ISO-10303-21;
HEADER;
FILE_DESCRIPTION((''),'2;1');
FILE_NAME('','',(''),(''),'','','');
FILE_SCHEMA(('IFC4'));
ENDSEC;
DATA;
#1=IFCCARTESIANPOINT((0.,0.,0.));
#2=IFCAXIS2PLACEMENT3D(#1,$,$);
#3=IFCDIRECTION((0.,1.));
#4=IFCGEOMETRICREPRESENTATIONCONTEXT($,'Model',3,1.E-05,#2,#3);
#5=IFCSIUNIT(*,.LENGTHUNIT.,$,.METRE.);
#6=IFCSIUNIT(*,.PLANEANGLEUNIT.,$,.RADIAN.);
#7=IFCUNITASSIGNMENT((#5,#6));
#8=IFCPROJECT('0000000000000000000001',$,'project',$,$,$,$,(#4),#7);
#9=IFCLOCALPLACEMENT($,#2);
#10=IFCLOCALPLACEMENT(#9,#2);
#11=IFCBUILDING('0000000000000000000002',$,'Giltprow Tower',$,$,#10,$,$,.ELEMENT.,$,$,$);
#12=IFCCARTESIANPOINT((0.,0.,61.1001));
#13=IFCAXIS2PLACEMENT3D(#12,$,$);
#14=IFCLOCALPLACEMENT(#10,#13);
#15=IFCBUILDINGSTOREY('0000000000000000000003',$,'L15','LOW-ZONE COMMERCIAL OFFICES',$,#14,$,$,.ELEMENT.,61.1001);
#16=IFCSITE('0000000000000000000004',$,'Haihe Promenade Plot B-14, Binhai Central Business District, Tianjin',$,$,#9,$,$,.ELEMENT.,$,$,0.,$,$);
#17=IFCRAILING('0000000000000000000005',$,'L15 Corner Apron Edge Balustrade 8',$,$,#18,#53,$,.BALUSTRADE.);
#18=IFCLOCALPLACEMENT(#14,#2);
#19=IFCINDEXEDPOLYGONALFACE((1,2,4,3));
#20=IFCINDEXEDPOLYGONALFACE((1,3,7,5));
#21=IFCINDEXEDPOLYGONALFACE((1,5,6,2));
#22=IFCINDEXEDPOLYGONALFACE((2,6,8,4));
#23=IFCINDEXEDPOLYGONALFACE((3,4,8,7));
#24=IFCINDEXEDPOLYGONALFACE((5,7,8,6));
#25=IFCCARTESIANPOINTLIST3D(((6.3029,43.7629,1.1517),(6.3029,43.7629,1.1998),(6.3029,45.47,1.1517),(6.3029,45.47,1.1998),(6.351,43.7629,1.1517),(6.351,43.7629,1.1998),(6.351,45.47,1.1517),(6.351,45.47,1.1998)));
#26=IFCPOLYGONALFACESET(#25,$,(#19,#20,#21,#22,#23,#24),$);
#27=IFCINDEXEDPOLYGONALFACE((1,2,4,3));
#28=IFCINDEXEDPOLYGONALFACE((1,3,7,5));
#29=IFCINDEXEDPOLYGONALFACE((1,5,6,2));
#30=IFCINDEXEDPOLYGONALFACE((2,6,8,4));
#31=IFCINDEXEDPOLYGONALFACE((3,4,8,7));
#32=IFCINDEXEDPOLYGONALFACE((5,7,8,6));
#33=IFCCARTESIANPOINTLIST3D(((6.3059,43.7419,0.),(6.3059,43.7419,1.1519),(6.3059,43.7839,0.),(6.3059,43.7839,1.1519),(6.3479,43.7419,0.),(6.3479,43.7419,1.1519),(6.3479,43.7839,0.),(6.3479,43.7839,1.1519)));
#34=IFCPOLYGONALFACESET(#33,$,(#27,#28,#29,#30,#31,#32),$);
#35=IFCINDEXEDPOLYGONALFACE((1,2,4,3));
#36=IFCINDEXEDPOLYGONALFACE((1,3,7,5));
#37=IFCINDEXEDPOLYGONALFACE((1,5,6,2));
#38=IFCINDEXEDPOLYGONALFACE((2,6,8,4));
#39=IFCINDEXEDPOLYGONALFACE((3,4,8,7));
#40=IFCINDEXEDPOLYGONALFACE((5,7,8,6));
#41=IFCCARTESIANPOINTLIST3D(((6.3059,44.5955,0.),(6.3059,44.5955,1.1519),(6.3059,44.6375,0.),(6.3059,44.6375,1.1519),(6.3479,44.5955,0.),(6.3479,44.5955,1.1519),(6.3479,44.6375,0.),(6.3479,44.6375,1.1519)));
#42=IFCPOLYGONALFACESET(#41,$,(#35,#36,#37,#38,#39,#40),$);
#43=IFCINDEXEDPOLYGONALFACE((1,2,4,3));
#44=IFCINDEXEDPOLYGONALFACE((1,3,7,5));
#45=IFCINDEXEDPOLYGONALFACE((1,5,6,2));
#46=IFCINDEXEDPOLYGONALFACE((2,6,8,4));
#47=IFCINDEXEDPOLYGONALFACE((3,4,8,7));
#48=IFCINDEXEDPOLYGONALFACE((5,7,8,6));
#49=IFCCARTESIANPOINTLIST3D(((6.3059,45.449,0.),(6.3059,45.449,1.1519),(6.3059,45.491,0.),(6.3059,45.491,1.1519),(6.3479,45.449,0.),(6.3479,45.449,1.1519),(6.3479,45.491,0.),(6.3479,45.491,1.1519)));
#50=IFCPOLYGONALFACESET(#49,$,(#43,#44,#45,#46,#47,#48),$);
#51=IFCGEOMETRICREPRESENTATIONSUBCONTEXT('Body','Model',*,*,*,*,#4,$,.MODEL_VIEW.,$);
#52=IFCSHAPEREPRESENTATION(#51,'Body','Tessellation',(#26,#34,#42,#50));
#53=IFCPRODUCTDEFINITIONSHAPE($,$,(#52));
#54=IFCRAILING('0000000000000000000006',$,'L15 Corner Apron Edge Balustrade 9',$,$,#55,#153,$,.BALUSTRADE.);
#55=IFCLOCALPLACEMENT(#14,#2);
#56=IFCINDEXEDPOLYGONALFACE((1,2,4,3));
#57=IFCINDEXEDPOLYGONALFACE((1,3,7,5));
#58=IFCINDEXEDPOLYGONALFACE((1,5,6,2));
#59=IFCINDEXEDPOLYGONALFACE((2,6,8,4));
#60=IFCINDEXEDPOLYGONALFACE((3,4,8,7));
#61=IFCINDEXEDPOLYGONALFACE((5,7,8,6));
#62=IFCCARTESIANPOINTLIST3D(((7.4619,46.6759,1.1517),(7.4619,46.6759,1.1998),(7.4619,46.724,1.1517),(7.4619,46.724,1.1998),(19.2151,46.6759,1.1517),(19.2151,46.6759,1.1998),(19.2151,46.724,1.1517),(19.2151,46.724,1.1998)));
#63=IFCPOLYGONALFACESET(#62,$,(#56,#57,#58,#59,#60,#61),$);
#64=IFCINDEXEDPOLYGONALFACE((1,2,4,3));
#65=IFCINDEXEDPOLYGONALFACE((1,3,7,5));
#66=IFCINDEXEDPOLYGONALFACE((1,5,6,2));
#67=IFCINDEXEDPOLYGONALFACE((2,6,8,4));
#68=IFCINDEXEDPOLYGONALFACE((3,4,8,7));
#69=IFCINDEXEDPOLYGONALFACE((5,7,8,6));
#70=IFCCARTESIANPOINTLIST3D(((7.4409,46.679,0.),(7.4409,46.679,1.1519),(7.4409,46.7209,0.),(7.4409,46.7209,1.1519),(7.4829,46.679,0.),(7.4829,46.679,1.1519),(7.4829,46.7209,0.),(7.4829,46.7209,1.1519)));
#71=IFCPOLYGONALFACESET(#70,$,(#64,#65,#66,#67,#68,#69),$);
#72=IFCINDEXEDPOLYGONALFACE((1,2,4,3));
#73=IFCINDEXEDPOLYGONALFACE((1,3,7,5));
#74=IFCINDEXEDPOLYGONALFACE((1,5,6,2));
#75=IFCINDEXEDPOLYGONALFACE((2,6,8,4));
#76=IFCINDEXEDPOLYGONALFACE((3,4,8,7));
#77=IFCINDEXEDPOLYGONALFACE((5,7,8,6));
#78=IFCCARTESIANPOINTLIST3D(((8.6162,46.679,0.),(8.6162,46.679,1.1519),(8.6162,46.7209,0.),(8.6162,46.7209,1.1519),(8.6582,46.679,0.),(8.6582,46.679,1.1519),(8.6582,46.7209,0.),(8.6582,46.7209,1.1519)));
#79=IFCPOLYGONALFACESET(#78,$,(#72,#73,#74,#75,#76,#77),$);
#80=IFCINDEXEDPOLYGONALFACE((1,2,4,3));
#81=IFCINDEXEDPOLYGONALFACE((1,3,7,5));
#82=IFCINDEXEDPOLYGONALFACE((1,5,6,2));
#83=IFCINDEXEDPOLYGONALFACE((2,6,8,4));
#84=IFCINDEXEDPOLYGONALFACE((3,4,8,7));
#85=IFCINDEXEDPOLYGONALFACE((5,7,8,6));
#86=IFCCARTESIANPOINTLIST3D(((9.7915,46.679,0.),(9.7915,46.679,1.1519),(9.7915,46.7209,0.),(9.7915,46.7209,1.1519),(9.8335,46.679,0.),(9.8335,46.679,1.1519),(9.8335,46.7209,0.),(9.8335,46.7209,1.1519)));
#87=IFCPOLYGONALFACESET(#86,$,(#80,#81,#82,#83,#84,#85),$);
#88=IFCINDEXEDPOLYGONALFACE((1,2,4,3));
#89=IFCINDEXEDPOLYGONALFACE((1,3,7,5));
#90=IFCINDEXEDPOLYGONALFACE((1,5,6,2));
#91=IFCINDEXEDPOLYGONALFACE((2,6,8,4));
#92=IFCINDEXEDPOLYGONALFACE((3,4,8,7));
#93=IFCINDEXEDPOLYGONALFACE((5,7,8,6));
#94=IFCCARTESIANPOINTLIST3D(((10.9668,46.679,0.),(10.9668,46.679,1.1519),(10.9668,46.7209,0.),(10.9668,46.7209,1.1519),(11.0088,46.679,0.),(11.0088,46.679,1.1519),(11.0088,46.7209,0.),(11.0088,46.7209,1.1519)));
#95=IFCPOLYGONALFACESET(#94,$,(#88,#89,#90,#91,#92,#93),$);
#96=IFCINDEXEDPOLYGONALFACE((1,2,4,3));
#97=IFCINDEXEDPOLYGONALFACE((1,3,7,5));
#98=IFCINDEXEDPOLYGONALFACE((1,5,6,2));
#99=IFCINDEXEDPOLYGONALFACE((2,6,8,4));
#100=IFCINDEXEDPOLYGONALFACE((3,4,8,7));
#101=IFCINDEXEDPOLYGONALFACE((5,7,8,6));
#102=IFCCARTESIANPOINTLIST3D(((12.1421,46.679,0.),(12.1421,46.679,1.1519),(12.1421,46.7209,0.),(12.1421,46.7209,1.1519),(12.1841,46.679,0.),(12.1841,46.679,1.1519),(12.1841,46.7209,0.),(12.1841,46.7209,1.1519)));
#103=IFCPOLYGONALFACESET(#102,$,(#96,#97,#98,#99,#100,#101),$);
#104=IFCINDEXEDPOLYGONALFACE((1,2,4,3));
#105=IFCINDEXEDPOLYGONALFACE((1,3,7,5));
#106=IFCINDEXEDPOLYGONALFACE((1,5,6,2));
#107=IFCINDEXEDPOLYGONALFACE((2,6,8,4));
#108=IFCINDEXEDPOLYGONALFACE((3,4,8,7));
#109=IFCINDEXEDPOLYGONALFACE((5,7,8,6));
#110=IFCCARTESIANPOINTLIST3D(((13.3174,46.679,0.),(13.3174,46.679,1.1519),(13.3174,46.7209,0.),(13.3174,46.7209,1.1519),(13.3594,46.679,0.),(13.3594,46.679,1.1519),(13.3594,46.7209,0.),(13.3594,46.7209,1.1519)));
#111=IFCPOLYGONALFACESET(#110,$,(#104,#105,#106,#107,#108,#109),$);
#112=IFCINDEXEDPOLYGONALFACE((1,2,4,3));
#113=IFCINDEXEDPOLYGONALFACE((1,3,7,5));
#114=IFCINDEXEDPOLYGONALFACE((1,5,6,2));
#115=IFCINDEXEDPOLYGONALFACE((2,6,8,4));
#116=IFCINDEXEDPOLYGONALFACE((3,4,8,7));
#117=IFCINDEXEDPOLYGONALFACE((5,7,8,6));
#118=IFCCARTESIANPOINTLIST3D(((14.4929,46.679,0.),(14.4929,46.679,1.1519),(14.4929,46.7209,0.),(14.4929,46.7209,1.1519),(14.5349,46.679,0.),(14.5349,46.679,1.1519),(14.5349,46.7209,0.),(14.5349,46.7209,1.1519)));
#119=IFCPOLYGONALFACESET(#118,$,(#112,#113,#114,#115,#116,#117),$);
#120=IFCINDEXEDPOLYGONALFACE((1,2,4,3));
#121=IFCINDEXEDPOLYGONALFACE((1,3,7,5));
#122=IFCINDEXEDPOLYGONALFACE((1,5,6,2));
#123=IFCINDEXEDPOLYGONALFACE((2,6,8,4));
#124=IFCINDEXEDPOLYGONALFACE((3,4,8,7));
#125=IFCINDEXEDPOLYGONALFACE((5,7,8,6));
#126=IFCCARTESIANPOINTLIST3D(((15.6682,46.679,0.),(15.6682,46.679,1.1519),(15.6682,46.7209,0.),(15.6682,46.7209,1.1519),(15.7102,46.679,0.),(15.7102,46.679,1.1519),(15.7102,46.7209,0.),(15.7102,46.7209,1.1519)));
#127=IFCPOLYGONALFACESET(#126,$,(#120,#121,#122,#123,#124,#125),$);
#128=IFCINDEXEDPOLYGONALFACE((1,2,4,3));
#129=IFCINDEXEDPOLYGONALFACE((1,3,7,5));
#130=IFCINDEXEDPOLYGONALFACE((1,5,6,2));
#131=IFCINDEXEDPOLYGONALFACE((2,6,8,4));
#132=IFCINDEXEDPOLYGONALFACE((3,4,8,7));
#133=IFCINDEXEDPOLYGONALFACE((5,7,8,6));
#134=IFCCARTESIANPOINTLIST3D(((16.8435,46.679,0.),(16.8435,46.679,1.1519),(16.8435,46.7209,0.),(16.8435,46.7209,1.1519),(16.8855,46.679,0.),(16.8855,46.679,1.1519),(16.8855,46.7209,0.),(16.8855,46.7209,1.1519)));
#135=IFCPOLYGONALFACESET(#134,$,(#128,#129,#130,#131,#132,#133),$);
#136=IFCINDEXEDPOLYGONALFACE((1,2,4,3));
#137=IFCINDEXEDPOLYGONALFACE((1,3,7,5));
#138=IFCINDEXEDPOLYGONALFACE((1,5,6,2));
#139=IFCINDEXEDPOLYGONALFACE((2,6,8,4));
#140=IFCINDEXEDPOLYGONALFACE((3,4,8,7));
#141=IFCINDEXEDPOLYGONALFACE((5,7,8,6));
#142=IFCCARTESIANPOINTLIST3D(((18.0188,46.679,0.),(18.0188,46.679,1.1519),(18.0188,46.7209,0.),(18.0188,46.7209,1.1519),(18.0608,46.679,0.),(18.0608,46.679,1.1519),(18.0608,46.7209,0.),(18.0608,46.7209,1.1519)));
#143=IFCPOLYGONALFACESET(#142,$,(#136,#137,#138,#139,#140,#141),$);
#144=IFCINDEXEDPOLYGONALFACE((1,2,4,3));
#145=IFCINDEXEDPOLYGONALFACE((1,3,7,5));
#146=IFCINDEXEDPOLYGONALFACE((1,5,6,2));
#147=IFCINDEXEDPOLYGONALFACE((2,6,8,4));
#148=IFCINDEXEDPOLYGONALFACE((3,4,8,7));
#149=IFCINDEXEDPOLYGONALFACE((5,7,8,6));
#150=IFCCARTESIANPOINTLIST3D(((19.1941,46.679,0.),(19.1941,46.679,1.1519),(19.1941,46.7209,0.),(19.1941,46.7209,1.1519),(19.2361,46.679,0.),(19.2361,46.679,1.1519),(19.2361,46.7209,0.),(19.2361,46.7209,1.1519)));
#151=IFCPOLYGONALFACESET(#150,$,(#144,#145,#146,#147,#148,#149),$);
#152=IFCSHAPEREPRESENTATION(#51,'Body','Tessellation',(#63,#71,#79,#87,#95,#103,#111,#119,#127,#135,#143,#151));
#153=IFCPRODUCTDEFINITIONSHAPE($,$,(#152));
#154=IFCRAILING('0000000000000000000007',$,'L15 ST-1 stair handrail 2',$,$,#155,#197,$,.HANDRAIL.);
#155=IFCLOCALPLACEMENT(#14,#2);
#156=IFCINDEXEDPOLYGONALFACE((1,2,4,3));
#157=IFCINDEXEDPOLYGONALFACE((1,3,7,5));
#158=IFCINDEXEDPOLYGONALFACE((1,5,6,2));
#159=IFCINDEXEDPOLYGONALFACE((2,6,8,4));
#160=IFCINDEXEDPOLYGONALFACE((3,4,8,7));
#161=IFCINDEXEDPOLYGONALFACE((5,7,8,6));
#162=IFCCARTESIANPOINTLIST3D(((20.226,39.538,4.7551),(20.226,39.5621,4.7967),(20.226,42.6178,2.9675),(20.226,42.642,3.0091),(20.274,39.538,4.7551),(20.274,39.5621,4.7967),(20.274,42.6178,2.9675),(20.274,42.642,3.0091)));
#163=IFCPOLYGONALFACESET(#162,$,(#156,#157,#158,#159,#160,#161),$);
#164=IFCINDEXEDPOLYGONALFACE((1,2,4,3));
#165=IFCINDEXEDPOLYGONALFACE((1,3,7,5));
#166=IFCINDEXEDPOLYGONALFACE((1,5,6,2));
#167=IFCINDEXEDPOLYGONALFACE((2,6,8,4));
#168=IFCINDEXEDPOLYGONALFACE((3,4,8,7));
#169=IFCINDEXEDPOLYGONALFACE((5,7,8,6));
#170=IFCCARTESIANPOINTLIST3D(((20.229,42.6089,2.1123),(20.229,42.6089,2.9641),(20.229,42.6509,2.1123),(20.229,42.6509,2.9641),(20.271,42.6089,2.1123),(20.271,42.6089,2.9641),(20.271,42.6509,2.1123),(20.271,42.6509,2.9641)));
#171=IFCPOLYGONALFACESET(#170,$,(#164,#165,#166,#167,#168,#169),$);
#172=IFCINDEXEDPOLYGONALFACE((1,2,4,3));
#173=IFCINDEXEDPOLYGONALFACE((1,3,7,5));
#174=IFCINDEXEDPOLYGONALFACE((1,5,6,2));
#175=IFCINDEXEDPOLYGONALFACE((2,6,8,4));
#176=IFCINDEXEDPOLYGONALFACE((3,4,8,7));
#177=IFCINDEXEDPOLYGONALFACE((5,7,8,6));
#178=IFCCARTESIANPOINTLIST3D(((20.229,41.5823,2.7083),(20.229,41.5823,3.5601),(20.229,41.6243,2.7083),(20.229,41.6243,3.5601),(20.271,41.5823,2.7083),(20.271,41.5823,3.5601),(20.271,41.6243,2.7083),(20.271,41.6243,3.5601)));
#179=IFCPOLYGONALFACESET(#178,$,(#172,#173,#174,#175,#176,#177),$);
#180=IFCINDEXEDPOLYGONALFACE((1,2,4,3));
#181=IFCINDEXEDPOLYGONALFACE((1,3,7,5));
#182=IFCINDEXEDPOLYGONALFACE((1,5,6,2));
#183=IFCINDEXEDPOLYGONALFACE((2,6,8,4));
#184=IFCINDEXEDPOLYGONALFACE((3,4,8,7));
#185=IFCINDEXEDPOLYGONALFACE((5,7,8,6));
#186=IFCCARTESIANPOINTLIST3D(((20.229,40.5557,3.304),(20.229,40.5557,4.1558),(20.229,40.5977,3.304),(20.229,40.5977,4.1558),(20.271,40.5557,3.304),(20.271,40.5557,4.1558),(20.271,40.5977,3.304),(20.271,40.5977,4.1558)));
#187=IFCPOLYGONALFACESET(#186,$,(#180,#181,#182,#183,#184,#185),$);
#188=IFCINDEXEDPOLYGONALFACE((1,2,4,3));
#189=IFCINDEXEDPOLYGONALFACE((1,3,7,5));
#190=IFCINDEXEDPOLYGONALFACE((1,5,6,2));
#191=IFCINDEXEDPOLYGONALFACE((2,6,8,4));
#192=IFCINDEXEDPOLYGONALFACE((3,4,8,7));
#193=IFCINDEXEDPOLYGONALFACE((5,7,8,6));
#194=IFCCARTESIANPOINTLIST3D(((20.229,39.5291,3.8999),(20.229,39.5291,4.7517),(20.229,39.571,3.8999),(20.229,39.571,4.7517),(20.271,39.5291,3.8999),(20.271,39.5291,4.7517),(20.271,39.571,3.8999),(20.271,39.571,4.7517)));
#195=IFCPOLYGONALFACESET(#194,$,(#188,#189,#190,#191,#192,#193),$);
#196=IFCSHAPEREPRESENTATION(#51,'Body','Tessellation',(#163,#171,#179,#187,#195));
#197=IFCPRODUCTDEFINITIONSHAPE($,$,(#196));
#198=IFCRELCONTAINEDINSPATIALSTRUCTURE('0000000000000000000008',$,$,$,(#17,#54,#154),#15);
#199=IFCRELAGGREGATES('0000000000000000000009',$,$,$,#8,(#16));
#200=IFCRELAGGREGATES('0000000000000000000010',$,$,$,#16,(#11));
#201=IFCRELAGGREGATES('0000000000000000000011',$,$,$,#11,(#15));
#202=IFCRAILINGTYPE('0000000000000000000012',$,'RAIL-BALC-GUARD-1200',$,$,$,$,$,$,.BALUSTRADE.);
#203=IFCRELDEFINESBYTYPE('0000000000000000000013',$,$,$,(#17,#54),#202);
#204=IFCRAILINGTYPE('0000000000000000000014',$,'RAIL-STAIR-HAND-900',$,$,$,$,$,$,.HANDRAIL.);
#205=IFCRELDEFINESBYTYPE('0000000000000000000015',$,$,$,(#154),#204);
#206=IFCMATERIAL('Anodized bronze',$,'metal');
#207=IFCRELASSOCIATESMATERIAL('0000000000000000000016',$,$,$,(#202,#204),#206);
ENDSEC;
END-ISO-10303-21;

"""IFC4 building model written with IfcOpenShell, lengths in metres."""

from ifc_helpers import new_model, si_unit, direction, frame, origin, origin_2d, place, context, subcontext, project, spatial, rectangle, extrude, material, type_object, element, save


model = new_model("IFC4")

# Units and contexts
model_context = context("Model", 3, precision=1e-05, world=origin(), true_north=direction((0.0, 1.0)))
body_context = subcontext(model_context, "Body", "Model", "MODEL_VIEW")
ifc_project = project(units=[si_unit("LENGTHUNIT", "METRE"), si_unit("PLANEANGLEUNIT", "RADIAN")], contexts=[model_context])

# Site, building, storey
site_placement = place(None, origin())
site = spatial("IfcSite", under=ifc_project, at=site_placement, Name="Haihe Promenade Plot B-14, Binhai Central Business District, Tianjin", CompositionType="ELEMENT", RefElevation=0.0)
building_placement = place(site_placement, origin())
building = spatial("IfcBuilding", under=site, at=building_placement, Name="Giltprow Tower", CompositionType="ELEMENT")
storey_placement = place(building_placement, frame((0.0, 0.0, 61.1001)))
storey = spatial("IfcBuildingStorey", under=building, at=storey_placement, Name="L15", Description="LOW-ZONE COMMERCIAL OFFICES", CompositionType="ELEMENT", Elevation=61.1001)

# Railings
ifc_material_1 = material(Name="Anodized bronze", Category="metal")
railing_type_1 = type_object("IfcRailingType", Name="RAIL-BALC-GUARD-1200", PredefinedType="BALUSTRADE", material=ifc_material_1)
railing_1_placement = place(storey_placement, frame((6.3269, 43.7629, 0.0)))
element("IfcRailing", 1, at=railing_1_placement, inside=storey, type_object=railing_type_1, Name="L15 Corner Apron Edge Balustrade 8", PredefinedType="BALUSTRADE", context=body_context, shape_type="SweptSolid", body=[
    extrude(rectangle(XDim=0.0481, YDim=0.0481, at=origin_2d()), frame((0.0, 0.0, 1.1758), z_axis=(0.0, 1.0, 0.0), x_axis=(-1.0, 0.0, 0.0)), (0.0, 0.0, 1.0), 1.707),
    extrude(rectangle(XDim=0.042, YDim=0.042, at=origin_2d()), origin(), (0.0, 0.0, 1.0), 1.1519),
    extrude(rectangle(XDim=0.042, YDim=0.042, at=origin_2d()), frame((0.0, 0.8535, 0.0)), (0.0, 0.0, 1.0), 1.1519),
    extrude(rectangle(XDim=0.042, YDim=0.042, at=origin_2d()), frame((0.0, 1.707, 0.0)), (0.0, 0.0, 1.0), 1.1519),
])
railing_2_placement = place(storey_placement, frame((7.4619, 46.7, 0.0)))
element("IfcRailing", 2, at=railing_2_placement, inside=storey, type_object=railing_type_1, Name="L15 Corner Apron Edge Balustrade 9", PredefinedType="BALUSTRADE", context=body_context, shape_type="SweptSolid", body=[
    extrude(rectangle(XDim=0.0481, YDim=0.0481, at=origin_2d()), frame((0.0, 0.0, 1.1758), z_axis=(1.0, 0.0, 0.0), x_axis=(0.0, 1.0, 0.0)), (0.0, 0.0, 1.0), 11.7532),
    extrude(rectangle(XDim=0.042, YDim=0.042, at=origin_2d()), origin(), (0.0, 0.0, 1.0), 1.1519),
    extrude(rectangle(XDim=0.042, YDim=0.042, at=origin_2d()), frame((1.1753, 0.0, 0.0)), (0.0, 0.0, 1.0), 1.1519),
    extrude(rectangle(XDim=0.042, YDim=0.042, at=origin_2d()), frame((2.3506, 0.0, 0.0)), (0.0, 0.0, 1.0), 1.1519),
    extrude(rectangle(XDim=0.042, YDim=0.042, at=origin_2d()), frame((3.5259, 0.0, 0.0)), (0.0, 0.0, 1.0), 1.1519),
    extrude(rectangle(XDim=0.042, YDim=0.042, at=origin_2d()), frame((4.7012, 0.0, 0.0)), (0.0, 0.0, 1.0), 1.1519),
    extrude(rectangle(XDim=0.042, YDim=0.042, at=origin_2d()), frame((5.8765, 0.0, 0.0)), (0.0, 0.0, 1.0), 1.1519),
    extrude(rectangle(XDim=0.042, YDim=0.042, at=origin_2d()), frame((7.052, 0.0, 0.0)), (0.0, 0.0, 1.0), 1.1519),
    extrude(rectangle(XDim=0.042, YDim=0.042, at=origin_2d()), frame((8.2273, 0.0, 0.0)), (0.0, 0.0, 1.0), 1.1519),
    extrude(rectangle(XDim=0.042, YDim=0.042, at=origin_2d()), frame((9.4026, 0.0, 0.0)), (0.0, 0.0, 1.0), 1.1519),
    extrude(rectangle(XDim=0.042, YDim=0.042, at=origin_2d()), frame((10.5779, 0.0, 0.0)), (0.0, 0.0, 1.0), 1.1519),
    extrude(rectangle(XDim=0.042, YDim=0.042, at=origin_2d()), frame((11.7532, 0.0, 0.0)), (0.0, 0.0, 1.0), 1.1519),
])
railing_type_2 = type_object("IfcRailingType", Name="RAIL-STAIR-HAND-900", PredefinedType="HANDRAIL", material=ifc_material_1)
railing_3_placement = place(storey_placement, frame((20.25, 42.6299, 2.1123)))
element("IfcRailing", 3, at=railing_3_placement, inside=storey, type_object=railing_type_2, Name="L15 ST-1 stair handrail 2", PredefinedType="HANDRAIL", context=body_context, shape_type="SweptSolid", body=[
    extrude(rectangle(XDim=0.0481, YDim=0.0481, at=origin_2d()), frame((0.0, 0.0, 0.876), z_axis=(0.0, -0.864873, 0.50199), x_axis=(1.0, 0.0, 0.0)), (0.0, 0.0, 1.0), 3.561),
    extrude(rectangle(XDim=0.042, YDim=0.042, at=origin_2d()), origin(), (0.0, 0.0, 1.0), 0.8518),
    extrude(rectangle(XDim=0.042, YDim=0.042, at=origin_2d()), frame((0.0, -1.0266, 0.5959)), (0.0, 0.0, 1.0), 0.8518),
    extrude(rectangle(XDim=0.042, YDim=0.042, at=origin_2d()), frame((0.0, -2.0532, 1.1917)), (0.0, 0.0, 1.0), 0.8518),
    extrude(rectangle(XDim=0.042, YDim=0.042, at=origin_2d()), frame((0.0, -3.0798, 1.7876)), (0.0, 0.0, 1.0), 0.8518),
])

save(model, "model.ifc")
